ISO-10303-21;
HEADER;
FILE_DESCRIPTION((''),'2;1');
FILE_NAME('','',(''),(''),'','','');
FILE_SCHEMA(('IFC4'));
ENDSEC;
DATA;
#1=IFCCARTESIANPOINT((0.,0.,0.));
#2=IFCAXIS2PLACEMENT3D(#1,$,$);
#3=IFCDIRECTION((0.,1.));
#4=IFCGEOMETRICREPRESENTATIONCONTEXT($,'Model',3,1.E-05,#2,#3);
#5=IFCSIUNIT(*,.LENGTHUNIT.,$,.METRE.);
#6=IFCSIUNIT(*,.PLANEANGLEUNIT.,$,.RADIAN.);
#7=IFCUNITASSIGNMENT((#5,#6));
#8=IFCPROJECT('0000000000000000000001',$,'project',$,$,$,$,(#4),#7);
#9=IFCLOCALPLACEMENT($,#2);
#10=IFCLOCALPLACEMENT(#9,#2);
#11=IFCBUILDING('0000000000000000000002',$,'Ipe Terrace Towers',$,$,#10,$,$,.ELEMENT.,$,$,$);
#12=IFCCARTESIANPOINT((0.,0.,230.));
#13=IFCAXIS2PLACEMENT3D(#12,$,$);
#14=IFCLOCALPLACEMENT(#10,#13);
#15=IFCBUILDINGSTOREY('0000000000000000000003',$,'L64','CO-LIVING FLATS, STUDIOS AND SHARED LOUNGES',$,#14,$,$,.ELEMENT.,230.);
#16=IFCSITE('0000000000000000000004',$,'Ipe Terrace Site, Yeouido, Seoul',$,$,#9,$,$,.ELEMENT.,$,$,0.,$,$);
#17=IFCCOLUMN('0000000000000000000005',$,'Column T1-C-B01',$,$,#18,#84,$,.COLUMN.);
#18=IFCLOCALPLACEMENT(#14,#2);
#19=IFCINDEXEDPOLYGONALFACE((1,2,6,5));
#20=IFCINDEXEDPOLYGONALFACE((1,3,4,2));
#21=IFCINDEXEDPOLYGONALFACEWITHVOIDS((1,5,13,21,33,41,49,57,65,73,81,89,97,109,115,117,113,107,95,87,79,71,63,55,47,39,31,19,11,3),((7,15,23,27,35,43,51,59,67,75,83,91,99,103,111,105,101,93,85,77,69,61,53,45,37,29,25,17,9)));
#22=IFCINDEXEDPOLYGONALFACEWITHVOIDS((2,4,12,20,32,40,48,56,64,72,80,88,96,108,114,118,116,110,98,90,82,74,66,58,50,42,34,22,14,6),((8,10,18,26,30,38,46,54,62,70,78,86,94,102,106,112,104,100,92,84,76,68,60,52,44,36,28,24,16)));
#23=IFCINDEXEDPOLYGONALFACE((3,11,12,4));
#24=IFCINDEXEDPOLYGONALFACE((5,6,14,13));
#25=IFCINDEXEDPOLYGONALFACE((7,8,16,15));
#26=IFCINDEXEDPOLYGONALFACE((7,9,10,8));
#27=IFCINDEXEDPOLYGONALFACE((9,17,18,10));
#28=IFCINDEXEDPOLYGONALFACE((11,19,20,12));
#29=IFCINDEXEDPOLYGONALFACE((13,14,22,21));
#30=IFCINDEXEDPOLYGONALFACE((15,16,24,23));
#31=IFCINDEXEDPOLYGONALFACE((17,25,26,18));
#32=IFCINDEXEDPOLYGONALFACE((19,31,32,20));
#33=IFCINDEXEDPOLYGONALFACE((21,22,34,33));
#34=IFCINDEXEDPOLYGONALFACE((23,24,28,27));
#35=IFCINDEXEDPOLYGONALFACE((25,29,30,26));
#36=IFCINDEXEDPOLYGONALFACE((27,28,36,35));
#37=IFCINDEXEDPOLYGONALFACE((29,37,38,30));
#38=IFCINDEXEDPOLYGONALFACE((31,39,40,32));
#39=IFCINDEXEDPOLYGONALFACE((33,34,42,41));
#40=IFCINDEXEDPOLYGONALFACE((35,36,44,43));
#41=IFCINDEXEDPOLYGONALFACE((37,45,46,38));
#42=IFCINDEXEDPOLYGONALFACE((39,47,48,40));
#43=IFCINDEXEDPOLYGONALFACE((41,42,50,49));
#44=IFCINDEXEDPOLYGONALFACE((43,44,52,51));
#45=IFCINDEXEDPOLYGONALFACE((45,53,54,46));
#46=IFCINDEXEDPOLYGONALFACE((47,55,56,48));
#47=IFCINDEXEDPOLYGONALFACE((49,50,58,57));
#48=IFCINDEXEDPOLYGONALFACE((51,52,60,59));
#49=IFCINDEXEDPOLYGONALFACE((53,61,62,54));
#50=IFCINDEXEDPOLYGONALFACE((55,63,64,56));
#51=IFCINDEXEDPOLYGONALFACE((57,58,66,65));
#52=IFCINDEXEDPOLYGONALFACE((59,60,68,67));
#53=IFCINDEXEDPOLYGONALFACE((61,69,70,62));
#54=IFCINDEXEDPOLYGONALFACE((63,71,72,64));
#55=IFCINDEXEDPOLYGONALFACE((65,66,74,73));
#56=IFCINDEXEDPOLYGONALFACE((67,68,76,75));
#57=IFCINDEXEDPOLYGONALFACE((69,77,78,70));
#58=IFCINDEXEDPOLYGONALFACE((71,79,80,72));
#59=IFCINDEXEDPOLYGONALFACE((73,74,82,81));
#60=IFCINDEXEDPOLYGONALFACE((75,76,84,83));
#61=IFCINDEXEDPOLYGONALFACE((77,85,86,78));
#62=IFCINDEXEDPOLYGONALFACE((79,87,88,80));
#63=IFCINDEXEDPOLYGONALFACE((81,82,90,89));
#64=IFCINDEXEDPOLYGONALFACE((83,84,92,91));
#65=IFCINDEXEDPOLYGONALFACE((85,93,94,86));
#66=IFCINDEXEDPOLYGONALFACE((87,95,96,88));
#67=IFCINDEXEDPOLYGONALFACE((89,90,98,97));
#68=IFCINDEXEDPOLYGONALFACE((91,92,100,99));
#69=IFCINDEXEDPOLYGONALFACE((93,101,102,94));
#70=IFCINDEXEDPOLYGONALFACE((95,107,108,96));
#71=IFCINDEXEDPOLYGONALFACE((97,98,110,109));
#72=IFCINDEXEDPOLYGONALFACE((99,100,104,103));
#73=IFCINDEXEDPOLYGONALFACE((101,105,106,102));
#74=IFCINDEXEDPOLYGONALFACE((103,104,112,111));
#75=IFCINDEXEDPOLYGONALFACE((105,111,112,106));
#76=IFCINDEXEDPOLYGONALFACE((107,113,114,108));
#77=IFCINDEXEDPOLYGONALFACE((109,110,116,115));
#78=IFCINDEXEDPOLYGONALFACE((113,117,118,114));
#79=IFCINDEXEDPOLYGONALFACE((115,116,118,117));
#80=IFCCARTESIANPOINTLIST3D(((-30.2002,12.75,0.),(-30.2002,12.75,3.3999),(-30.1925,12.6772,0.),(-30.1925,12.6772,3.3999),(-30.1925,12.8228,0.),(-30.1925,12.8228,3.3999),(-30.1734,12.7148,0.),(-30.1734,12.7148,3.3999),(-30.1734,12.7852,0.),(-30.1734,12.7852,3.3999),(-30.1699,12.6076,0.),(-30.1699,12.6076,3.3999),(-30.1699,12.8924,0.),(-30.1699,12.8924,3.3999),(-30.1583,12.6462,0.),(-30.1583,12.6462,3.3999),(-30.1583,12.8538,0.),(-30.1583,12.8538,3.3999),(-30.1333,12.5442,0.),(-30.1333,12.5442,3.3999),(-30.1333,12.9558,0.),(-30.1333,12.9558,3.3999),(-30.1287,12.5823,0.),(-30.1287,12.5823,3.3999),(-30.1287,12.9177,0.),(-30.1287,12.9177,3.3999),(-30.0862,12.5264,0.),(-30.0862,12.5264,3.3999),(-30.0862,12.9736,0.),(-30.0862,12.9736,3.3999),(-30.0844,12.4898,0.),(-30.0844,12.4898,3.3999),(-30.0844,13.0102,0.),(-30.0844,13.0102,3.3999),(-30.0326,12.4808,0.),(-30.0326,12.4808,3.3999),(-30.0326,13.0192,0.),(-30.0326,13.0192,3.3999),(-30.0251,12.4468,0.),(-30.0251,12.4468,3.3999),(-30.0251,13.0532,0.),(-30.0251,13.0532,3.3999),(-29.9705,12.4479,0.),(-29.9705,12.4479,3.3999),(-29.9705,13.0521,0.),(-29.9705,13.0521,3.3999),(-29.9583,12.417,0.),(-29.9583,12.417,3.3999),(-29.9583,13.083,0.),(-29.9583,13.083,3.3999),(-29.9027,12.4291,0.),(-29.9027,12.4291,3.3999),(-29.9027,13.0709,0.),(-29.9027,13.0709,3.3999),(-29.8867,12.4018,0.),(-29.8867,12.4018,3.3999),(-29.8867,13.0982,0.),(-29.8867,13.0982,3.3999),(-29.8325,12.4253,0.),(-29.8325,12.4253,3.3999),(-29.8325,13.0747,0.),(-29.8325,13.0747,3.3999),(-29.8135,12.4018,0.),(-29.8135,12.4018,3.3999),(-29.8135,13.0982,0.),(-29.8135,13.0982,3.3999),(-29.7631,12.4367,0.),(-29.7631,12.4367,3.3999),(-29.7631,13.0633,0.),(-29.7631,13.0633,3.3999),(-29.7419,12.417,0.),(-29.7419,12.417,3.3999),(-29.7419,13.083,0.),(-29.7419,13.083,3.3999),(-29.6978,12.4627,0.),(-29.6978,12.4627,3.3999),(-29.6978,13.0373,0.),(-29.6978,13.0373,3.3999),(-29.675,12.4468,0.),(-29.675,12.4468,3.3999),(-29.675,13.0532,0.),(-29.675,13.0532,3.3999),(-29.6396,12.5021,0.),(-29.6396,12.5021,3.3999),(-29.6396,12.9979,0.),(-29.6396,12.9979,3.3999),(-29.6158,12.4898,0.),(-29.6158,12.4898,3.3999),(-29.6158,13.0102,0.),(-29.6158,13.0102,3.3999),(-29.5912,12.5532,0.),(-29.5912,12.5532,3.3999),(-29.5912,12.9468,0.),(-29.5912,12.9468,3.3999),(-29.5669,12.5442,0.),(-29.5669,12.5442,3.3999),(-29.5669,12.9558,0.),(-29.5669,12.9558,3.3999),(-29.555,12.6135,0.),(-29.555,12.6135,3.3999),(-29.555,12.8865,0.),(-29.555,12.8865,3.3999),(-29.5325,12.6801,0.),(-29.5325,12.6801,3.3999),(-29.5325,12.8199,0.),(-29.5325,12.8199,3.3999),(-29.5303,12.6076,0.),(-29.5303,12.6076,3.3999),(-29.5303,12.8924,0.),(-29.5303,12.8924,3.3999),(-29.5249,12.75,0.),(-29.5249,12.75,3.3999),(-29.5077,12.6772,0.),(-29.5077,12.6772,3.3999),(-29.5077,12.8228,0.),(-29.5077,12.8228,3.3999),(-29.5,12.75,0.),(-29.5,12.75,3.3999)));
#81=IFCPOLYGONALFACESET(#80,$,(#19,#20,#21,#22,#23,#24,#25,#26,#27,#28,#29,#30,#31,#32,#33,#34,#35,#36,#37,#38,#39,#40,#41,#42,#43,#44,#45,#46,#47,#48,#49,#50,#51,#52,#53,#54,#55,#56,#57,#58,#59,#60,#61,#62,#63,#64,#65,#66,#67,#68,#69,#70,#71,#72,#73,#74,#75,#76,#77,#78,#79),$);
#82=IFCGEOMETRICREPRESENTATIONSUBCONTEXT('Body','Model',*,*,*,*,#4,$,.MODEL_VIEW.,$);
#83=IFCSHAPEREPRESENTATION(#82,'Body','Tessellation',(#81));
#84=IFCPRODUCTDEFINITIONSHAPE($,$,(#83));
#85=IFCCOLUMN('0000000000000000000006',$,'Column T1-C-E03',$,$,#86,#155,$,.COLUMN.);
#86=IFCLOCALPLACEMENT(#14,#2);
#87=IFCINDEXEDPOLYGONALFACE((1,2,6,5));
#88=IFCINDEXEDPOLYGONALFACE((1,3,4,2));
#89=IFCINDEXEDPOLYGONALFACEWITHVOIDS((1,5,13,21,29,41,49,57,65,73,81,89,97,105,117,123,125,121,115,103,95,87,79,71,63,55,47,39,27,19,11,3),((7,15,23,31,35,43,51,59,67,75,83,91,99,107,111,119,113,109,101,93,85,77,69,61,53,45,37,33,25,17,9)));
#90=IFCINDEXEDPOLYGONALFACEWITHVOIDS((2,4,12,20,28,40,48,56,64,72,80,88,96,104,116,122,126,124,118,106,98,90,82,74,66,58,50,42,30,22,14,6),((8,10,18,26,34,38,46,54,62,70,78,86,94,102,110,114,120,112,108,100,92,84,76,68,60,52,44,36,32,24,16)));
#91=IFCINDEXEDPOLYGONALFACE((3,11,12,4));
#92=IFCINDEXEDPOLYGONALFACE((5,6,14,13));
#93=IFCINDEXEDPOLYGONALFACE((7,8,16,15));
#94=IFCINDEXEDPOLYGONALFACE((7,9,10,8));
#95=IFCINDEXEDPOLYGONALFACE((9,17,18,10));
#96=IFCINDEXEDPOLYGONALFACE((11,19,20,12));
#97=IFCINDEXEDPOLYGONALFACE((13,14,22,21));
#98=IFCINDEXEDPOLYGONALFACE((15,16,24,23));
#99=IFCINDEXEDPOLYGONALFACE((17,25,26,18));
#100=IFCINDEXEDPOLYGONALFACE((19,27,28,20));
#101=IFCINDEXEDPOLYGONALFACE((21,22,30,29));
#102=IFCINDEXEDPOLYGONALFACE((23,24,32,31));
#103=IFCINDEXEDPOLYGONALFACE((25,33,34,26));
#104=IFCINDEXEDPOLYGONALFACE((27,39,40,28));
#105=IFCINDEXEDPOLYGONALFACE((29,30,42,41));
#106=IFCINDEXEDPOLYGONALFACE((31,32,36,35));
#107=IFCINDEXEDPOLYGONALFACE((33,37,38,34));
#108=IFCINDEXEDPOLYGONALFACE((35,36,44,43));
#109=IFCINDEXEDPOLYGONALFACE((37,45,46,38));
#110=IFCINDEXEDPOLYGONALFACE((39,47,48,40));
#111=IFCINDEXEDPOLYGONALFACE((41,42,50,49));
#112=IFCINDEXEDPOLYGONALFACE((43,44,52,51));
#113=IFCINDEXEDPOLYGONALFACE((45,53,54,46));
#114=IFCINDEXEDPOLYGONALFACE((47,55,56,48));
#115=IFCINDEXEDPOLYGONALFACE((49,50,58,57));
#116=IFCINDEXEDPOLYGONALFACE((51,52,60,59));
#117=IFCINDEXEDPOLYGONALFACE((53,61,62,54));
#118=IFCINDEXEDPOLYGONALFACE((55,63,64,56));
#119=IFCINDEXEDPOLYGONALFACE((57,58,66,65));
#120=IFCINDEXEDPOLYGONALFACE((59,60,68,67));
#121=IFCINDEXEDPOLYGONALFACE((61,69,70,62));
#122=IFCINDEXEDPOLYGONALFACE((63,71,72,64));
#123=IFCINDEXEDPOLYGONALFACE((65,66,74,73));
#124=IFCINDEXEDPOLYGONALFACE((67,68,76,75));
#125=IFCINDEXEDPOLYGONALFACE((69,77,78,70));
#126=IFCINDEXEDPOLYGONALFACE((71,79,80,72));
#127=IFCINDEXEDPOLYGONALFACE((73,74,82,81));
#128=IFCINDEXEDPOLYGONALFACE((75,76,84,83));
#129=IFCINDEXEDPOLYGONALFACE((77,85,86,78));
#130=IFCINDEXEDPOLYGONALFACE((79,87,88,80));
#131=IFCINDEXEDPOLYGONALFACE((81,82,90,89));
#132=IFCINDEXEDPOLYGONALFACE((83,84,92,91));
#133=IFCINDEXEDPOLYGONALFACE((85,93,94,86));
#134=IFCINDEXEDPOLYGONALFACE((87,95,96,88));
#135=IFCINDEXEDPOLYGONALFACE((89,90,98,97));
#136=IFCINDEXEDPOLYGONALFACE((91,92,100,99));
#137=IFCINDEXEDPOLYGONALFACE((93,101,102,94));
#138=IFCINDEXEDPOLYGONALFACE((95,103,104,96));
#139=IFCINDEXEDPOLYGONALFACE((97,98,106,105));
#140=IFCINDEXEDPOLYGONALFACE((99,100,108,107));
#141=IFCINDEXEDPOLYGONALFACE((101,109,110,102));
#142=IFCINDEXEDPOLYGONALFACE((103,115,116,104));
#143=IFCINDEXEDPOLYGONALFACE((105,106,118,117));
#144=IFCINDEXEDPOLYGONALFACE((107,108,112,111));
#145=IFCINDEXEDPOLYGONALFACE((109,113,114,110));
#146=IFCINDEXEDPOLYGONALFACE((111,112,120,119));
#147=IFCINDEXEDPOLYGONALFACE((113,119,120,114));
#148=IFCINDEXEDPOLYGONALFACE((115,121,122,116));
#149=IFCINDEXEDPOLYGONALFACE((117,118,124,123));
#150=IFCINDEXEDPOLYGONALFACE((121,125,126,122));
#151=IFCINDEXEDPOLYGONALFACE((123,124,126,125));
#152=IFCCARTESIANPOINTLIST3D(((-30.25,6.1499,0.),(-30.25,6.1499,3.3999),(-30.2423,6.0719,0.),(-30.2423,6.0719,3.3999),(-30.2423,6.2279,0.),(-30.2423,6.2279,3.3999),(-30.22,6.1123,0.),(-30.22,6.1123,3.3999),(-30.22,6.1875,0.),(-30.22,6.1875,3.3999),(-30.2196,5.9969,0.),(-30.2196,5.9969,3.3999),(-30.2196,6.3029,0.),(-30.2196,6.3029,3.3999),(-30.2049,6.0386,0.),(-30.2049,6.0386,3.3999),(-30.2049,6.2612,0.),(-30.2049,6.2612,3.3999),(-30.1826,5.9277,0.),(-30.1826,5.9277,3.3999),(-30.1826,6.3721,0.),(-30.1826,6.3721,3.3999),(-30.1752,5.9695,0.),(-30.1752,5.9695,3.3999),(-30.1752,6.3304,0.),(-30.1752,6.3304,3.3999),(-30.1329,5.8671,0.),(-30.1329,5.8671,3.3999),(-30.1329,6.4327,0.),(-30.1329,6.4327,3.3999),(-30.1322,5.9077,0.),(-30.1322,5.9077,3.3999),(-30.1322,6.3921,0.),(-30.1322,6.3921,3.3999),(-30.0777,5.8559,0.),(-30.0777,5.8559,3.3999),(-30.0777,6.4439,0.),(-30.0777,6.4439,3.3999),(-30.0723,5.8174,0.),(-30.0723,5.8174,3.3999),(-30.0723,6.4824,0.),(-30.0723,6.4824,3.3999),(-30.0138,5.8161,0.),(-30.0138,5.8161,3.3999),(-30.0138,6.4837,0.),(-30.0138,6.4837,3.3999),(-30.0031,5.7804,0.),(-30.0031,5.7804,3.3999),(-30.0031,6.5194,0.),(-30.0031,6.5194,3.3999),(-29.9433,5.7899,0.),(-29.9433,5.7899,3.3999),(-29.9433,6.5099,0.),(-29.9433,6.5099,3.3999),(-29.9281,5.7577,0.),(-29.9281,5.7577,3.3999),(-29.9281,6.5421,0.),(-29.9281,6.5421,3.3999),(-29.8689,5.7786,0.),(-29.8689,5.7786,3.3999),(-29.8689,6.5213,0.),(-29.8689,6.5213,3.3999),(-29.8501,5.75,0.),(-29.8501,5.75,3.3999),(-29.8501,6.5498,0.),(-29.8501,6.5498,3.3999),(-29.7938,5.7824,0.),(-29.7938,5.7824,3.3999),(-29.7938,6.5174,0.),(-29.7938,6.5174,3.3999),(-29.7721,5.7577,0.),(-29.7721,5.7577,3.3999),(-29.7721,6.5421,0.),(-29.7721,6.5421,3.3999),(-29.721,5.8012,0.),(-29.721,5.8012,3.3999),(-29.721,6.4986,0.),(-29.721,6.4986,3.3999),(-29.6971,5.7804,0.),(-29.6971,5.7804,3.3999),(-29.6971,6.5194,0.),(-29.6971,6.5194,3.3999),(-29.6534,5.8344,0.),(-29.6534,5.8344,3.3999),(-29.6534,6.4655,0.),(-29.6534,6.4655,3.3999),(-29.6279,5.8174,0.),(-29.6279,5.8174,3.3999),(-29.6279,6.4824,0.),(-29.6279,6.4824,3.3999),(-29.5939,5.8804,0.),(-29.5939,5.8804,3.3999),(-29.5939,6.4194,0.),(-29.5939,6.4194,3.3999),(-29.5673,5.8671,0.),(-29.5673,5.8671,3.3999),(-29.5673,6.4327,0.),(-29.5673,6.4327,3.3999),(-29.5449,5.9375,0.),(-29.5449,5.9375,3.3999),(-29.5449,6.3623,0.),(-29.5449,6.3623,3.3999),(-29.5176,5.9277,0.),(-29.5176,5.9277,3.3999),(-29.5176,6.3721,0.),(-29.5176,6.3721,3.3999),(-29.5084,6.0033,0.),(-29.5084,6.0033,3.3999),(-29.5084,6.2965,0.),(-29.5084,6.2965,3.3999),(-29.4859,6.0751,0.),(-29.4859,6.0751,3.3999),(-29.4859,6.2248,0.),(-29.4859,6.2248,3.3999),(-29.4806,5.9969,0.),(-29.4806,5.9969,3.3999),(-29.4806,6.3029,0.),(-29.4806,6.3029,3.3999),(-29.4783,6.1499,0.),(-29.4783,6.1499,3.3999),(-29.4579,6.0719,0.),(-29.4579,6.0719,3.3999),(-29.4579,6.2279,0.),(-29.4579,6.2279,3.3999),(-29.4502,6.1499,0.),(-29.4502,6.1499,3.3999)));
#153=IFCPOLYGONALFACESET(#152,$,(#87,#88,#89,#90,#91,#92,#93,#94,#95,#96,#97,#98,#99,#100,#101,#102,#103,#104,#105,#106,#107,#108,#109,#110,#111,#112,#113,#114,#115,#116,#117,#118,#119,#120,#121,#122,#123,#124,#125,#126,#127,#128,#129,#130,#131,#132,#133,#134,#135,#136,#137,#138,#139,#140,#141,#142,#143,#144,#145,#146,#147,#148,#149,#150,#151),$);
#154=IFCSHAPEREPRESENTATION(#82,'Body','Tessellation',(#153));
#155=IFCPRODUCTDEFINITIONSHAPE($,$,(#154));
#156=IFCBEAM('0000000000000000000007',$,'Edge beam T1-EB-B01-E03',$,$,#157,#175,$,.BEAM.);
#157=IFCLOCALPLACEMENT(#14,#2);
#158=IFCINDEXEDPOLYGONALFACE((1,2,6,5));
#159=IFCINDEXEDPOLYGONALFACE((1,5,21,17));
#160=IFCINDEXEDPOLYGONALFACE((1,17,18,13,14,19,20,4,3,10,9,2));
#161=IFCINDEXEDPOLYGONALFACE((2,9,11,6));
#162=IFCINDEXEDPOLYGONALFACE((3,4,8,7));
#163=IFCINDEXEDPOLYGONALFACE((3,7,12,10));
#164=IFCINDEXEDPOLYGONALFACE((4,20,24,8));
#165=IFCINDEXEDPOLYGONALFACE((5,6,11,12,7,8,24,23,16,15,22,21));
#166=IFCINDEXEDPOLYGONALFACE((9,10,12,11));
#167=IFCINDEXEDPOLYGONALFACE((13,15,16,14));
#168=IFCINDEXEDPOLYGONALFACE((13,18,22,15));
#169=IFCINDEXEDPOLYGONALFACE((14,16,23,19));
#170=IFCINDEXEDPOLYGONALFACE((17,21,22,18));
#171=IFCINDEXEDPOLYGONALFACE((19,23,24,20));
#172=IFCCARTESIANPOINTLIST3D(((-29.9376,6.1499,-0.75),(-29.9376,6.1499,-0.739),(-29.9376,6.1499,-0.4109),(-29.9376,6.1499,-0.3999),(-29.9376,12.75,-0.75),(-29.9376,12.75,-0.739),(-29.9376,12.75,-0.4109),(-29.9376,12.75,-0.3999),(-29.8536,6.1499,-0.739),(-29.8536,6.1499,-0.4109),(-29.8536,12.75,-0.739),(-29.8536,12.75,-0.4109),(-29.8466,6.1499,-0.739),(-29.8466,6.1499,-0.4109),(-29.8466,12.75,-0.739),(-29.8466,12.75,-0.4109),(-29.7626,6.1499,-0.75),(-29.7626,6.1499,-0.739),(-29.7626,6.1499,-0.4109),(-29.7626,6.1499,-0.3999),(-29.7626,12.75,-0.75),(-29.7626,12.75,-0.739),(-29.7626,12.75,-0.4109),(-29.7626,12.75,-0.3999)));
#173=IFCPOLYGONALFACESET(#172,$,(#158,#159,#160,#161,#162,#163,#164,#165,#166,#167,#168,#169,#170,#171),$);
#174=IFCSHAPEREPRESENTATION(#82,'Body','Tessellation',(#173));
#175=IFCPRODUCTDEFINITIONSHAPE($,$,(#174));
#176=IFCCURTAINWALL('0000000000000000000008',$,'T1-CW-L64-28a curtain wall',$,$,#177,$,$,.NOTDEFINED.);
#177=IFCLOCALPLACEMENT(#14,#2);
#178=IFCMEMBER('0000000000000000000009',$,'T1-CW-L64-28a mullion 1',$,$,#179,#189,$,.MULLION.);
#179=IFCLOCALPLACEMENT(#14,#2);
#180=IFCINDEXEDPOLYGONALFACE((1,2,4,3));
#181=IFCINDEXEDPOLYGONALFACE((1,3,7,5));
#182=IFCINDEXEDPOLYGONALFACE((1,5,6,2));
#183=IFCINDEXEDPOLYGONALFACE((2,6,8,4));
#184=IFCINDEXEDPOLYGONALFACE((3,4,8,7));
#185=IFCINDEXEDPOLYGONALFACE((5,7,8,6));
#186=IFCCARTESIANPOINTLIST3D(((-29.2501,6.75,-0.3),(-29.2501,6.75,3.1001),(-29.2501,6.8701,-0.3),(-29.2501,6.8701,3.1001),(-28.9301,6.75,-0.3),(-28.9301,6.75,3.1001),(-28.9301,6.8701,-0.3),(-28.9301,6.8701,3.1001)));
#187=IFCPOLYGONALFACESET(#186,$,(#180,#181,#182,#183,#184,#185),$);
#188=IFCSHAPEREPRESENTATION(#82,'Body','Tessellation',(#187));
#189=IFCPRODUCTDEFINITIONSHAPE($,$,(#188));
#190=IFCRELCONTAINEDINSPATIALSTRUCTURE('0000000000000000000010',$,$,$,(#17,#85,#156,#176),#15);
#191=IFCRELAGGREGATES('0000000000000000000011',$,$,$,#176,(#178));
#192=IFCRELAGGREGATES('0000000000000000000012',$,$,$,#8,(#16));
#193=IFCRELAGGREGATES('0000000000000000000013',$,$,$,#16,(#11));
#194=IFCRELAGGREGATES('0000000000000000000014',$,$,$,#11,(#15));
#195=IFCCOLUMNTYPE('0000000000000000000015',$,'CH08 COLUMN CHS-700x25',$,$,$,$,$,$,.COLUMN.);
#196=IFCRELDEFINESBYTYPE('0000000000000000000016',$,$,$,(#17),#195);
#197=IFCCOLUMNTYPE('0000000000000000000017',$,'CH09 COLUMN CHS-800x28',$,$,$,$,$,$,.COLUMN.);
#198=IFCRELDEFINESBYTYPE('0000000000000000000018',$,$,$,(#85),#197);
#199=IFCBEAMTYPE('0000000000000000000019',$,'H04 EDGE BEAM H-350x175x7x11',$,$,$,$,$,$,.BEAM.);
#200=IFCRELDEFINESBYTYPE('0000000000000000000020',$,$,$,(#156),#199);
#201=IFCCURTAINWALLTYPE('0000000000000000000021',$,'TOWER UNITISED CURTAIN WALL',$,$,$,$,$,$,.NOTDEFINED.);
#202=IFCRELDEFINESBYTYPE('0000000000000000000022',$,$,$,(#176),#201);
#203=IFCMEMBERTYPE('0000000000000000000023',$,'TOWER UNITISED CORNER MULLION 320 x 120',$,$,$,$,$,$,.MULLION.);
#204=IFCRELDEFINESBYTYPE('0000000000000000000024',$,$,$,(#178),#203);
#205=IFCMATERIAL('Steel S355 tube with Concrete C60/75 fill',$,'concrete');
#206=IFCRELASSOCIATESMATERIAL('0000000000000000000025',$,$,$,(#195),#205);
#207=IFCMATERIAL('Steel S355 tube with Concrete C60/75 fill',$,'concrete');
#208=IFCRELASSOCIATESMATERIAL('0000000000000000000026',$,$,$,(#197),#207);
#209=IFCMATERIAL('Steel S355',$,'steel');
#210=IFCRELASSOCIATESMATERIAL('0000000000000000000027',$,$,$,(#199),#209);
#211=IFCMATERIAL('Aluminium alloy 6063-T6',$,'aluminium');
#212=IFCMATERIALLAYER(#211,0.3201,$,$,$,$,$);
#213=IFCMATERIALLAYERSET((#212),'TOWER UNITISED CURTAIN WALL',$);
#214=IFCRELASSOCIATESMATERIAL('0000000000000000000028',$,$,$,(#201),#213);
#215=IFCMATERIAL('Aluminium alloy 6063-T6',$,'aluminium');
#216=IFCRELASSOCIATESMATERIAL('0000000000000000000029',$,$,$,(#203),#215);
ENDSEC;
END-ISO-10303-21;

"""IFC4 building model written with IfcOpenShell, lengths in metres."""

from ifc_helpers import new_model, si_unit, direction, frame, origin, origin_2d, place, context, subcontext, project, spatial, rectangle, hollow_circle, i_section, extrude, material, layer, layer_set, material_profile, profile_set, type_object, element, aggregate, save


model = new_model("IFC4")

# Units and contexts
model_context = context("Model", 3, precision=1e-05, world=origin(), true_north=direction((0.0, 1.0)))
body_context = subcontext(model_context, "Body", "Model", "MODEL_VIEW")
ifc_project = project(units=[si_unit("LENGTHUNIT", "METRE"), si_unit("PLANEANGLEUNIT", "RADIAN")], contexts=[model_context])

# Site, building, storey
site_placement = place(None, origin())
site = spatial("IfcSite", under=ifc_project, at=site_placement, Name="Ipe Terrace Site, Yeouido, Seoul", CompositionType="ELEMENT", RefElevation=0.0)
building_placement = place(site_placement, origin())
building = spatial("IfcBuilding", under=site, at=building_placement, Name="Ipe Terrace Towers", CompositionType="ELEMENT")
storey_placement = place(building_placement, frame((0.0, 0.0, 230.0)))
storey = spatial("IfcBuildingStorey", under=building, at=storey_placement, Name="L64", Description="CO-LIVING FLATS, STUDIOS AND SHARED LOUNGES", CompositionType="ELEMENT", Elevation=230.0)

# Columns
ifc_material_1 = material(Name="Steel S355 tube with Concrete C60/75 fill", Category="concrete")
ifc_material_profile_1 = material_profile(ifc_material_1, hollow_circle(Radius=0.3501, WallThickness=0.0249, at=origin_2d()), Name="CHS-700x25")
ifc_profile_set_1 = profile_set([ifc_material_profile_1], Name="Steel S355 tube with Concrete C60/75 fill")
column_type_1 = type_object("IfcColumnType", Name="CH08 COLUMN CHS-700x25", PredefinedType="COLUMN", material=ifc_profile_set_1)
column_1_placement = place(storey_placement, frame((-29.8501, 12.75, 0.0), z_axis=(0.0, 0.0, 1.0), x_axis=(1.0, 0.0, 0.0)))
element("IfcColumn", 1, at=column_1_placement, inside=storey, type_object=column_type_1, Name="Column T1-C-B01", PredefinedType="COLUMN", context=body_context, shape_type="SweptSolid", body=[
    extrude(hollow_circle(Radius=0.3501, WallThickness=0.0249, at=origin_2d()), origin(), (0.0, 0.0, 1.0), 3.3999),
])
ifc_material_2 = material(Name="Steel S355 tube with Concrete C60/75 fill", Category="concrete")
ifc_material_profile_2 = material_profile(ifc_material_2, hollow_circle(Radius=0.3999, WallThickness=0.0281, at=origin_2d()), Name="CHS-800x28")
ifc_profile_set_2 = profile_set([ifc_material_profile_2], Name="Steel S355 tube with Concrete C60/75 fill")
column_type_2 = type_object("IfcColumnType", Name="CH09 COLUMN CHS-800x28", PredefinedType="COLUMN", material=ifc_profile_set_2)
column_2_placement = place(storey_placement, frame((-29.8501, 6.1499, 0.0), z_axis=(0.0, 0.0, 1.0), x_axis=(1.0, 0.0, 0.0)))
element("IfcColumn", 2, at=column_2_placement, inside=storey, type_object=column_type_2, Name="Column T1-C-E03", PredefinedType="COLUMN", context=body_context, shape_type="SweptSolid", body=[
    extrude(hollow_circle(Radius=0.3999, WallThickness=0.0281, at=origin_2d()), origin(), (0.0, 0.0, 1.0), 3.3999),
])

# Beam
ifc_material_3 = material(Name="Steel S355", Category="steel")
ifc_material_profile_3 = material_profile(ifc_material_3, i_section(OverallWidth=0.175, OverallDepth=0.3501, WebThickness=0.0071, FlangeThickness=0.011, at=origin_2d()), Name="H-350x175x7x11")
ifc_profile_set_3 = profile_set([ifc_material_profile_3], Name="Steel S355")
beam_type = type_object("IfcBeamType", Name="H04 EDGE BEAM H-350x175x7x11", PredefinedType="BEAM", material=ifc_profile_set_3)
beam_placement = place(storey_placement, frame((-29.8501, 12.75, -0.575), z_axis=(0.0, -1.0, 0.0), x_axis=(1.0, 0.0, 0.0)))
element("IfcBeam", 3, at=beam_placement, inside=storey, type_object=beam_type, Name="Edge beam T1-EB-B01-E03", PredefinedType="BEAM", context=body_context, shape_type="SweptSolid", body=[
    extrude(i_section(OverallWidth=0.175, OverallDepth=0.3501, WebThickness=0.0071, FlangeThickness=0.011, at=origin_2d()), origin(), (0.0, 0.0, 1.0), 6.6001),
])

# Curtain wall, member
ifc_material_4 = material(Name="Aluminium alloy 6063-T6", Category="aluminium")
ifc_layer_1 = layer(ifc_material_4, 0.3201)
ifc_layer_set_1 = layer_set([ifc_layer_1], Name="TOWER UNITISED CURTAIN WALL")
curtain_wall_type = type_object("IfcCurtainWallType", Name="TOWER UNITISED CURTAIN WALL", PredefinedType="NOTDEFINED", material=ifc_layer_set_1)
curtain_wall_1_placement = place(storey_placement, origin())
curtain_wall_1 = element("IfcCurtainWall", 4, at=curtain_wall_1_placement, inside=storey, type_object=curtain_wall_type, Name="T1-CW-L64-28a curtain wall", PredefinedType="NOTDEFINED")
ifc_material_5 = material(Name="Aluminium alloy 6063-T6", Category="aluminium")
ifc_material_profile_4 = material_profile(ifc_material_5, rectangle(XDim=0.3201, YDim=0.1201, at=origin_2d()), Name="TOWER UNITISED CORNER MULLION 320 x 120")
ifc_profile_set_4 = profile_set([ifc_material_profile_4], Name="Aluminium alloy 6063-T6")
member_type = type_object("IfcMemberType", Name="TOWER UNITISED CORNER MULLION 320 x 120", PredefinedType="MULLION", material=ifc_profile_set_4)
member_1_placement = place(storey_placement, frame((-29.0901, 6.8101, -0.3), z_axis=(0.0, 0.0, 1.0), x_axis=(1.0, 0.0, 0.0)))
member_1 = element("IfcMember", 5, at=member_1_placement, type_object=member_type, Name="T1-CW-L64-28a mullion 1", PredefinedType="MULLION", context=body_context, shape_type="SweptSolid", body=[
    extrude(rectangle(XDim=0.3201, YDim=0.1201, at=origin_2d()), origin(), (0.0, 0.0, 1.0), 3.4001),
])

aggregate(curtain_wall_1, [member_1])

save(model, "model.ifc")
